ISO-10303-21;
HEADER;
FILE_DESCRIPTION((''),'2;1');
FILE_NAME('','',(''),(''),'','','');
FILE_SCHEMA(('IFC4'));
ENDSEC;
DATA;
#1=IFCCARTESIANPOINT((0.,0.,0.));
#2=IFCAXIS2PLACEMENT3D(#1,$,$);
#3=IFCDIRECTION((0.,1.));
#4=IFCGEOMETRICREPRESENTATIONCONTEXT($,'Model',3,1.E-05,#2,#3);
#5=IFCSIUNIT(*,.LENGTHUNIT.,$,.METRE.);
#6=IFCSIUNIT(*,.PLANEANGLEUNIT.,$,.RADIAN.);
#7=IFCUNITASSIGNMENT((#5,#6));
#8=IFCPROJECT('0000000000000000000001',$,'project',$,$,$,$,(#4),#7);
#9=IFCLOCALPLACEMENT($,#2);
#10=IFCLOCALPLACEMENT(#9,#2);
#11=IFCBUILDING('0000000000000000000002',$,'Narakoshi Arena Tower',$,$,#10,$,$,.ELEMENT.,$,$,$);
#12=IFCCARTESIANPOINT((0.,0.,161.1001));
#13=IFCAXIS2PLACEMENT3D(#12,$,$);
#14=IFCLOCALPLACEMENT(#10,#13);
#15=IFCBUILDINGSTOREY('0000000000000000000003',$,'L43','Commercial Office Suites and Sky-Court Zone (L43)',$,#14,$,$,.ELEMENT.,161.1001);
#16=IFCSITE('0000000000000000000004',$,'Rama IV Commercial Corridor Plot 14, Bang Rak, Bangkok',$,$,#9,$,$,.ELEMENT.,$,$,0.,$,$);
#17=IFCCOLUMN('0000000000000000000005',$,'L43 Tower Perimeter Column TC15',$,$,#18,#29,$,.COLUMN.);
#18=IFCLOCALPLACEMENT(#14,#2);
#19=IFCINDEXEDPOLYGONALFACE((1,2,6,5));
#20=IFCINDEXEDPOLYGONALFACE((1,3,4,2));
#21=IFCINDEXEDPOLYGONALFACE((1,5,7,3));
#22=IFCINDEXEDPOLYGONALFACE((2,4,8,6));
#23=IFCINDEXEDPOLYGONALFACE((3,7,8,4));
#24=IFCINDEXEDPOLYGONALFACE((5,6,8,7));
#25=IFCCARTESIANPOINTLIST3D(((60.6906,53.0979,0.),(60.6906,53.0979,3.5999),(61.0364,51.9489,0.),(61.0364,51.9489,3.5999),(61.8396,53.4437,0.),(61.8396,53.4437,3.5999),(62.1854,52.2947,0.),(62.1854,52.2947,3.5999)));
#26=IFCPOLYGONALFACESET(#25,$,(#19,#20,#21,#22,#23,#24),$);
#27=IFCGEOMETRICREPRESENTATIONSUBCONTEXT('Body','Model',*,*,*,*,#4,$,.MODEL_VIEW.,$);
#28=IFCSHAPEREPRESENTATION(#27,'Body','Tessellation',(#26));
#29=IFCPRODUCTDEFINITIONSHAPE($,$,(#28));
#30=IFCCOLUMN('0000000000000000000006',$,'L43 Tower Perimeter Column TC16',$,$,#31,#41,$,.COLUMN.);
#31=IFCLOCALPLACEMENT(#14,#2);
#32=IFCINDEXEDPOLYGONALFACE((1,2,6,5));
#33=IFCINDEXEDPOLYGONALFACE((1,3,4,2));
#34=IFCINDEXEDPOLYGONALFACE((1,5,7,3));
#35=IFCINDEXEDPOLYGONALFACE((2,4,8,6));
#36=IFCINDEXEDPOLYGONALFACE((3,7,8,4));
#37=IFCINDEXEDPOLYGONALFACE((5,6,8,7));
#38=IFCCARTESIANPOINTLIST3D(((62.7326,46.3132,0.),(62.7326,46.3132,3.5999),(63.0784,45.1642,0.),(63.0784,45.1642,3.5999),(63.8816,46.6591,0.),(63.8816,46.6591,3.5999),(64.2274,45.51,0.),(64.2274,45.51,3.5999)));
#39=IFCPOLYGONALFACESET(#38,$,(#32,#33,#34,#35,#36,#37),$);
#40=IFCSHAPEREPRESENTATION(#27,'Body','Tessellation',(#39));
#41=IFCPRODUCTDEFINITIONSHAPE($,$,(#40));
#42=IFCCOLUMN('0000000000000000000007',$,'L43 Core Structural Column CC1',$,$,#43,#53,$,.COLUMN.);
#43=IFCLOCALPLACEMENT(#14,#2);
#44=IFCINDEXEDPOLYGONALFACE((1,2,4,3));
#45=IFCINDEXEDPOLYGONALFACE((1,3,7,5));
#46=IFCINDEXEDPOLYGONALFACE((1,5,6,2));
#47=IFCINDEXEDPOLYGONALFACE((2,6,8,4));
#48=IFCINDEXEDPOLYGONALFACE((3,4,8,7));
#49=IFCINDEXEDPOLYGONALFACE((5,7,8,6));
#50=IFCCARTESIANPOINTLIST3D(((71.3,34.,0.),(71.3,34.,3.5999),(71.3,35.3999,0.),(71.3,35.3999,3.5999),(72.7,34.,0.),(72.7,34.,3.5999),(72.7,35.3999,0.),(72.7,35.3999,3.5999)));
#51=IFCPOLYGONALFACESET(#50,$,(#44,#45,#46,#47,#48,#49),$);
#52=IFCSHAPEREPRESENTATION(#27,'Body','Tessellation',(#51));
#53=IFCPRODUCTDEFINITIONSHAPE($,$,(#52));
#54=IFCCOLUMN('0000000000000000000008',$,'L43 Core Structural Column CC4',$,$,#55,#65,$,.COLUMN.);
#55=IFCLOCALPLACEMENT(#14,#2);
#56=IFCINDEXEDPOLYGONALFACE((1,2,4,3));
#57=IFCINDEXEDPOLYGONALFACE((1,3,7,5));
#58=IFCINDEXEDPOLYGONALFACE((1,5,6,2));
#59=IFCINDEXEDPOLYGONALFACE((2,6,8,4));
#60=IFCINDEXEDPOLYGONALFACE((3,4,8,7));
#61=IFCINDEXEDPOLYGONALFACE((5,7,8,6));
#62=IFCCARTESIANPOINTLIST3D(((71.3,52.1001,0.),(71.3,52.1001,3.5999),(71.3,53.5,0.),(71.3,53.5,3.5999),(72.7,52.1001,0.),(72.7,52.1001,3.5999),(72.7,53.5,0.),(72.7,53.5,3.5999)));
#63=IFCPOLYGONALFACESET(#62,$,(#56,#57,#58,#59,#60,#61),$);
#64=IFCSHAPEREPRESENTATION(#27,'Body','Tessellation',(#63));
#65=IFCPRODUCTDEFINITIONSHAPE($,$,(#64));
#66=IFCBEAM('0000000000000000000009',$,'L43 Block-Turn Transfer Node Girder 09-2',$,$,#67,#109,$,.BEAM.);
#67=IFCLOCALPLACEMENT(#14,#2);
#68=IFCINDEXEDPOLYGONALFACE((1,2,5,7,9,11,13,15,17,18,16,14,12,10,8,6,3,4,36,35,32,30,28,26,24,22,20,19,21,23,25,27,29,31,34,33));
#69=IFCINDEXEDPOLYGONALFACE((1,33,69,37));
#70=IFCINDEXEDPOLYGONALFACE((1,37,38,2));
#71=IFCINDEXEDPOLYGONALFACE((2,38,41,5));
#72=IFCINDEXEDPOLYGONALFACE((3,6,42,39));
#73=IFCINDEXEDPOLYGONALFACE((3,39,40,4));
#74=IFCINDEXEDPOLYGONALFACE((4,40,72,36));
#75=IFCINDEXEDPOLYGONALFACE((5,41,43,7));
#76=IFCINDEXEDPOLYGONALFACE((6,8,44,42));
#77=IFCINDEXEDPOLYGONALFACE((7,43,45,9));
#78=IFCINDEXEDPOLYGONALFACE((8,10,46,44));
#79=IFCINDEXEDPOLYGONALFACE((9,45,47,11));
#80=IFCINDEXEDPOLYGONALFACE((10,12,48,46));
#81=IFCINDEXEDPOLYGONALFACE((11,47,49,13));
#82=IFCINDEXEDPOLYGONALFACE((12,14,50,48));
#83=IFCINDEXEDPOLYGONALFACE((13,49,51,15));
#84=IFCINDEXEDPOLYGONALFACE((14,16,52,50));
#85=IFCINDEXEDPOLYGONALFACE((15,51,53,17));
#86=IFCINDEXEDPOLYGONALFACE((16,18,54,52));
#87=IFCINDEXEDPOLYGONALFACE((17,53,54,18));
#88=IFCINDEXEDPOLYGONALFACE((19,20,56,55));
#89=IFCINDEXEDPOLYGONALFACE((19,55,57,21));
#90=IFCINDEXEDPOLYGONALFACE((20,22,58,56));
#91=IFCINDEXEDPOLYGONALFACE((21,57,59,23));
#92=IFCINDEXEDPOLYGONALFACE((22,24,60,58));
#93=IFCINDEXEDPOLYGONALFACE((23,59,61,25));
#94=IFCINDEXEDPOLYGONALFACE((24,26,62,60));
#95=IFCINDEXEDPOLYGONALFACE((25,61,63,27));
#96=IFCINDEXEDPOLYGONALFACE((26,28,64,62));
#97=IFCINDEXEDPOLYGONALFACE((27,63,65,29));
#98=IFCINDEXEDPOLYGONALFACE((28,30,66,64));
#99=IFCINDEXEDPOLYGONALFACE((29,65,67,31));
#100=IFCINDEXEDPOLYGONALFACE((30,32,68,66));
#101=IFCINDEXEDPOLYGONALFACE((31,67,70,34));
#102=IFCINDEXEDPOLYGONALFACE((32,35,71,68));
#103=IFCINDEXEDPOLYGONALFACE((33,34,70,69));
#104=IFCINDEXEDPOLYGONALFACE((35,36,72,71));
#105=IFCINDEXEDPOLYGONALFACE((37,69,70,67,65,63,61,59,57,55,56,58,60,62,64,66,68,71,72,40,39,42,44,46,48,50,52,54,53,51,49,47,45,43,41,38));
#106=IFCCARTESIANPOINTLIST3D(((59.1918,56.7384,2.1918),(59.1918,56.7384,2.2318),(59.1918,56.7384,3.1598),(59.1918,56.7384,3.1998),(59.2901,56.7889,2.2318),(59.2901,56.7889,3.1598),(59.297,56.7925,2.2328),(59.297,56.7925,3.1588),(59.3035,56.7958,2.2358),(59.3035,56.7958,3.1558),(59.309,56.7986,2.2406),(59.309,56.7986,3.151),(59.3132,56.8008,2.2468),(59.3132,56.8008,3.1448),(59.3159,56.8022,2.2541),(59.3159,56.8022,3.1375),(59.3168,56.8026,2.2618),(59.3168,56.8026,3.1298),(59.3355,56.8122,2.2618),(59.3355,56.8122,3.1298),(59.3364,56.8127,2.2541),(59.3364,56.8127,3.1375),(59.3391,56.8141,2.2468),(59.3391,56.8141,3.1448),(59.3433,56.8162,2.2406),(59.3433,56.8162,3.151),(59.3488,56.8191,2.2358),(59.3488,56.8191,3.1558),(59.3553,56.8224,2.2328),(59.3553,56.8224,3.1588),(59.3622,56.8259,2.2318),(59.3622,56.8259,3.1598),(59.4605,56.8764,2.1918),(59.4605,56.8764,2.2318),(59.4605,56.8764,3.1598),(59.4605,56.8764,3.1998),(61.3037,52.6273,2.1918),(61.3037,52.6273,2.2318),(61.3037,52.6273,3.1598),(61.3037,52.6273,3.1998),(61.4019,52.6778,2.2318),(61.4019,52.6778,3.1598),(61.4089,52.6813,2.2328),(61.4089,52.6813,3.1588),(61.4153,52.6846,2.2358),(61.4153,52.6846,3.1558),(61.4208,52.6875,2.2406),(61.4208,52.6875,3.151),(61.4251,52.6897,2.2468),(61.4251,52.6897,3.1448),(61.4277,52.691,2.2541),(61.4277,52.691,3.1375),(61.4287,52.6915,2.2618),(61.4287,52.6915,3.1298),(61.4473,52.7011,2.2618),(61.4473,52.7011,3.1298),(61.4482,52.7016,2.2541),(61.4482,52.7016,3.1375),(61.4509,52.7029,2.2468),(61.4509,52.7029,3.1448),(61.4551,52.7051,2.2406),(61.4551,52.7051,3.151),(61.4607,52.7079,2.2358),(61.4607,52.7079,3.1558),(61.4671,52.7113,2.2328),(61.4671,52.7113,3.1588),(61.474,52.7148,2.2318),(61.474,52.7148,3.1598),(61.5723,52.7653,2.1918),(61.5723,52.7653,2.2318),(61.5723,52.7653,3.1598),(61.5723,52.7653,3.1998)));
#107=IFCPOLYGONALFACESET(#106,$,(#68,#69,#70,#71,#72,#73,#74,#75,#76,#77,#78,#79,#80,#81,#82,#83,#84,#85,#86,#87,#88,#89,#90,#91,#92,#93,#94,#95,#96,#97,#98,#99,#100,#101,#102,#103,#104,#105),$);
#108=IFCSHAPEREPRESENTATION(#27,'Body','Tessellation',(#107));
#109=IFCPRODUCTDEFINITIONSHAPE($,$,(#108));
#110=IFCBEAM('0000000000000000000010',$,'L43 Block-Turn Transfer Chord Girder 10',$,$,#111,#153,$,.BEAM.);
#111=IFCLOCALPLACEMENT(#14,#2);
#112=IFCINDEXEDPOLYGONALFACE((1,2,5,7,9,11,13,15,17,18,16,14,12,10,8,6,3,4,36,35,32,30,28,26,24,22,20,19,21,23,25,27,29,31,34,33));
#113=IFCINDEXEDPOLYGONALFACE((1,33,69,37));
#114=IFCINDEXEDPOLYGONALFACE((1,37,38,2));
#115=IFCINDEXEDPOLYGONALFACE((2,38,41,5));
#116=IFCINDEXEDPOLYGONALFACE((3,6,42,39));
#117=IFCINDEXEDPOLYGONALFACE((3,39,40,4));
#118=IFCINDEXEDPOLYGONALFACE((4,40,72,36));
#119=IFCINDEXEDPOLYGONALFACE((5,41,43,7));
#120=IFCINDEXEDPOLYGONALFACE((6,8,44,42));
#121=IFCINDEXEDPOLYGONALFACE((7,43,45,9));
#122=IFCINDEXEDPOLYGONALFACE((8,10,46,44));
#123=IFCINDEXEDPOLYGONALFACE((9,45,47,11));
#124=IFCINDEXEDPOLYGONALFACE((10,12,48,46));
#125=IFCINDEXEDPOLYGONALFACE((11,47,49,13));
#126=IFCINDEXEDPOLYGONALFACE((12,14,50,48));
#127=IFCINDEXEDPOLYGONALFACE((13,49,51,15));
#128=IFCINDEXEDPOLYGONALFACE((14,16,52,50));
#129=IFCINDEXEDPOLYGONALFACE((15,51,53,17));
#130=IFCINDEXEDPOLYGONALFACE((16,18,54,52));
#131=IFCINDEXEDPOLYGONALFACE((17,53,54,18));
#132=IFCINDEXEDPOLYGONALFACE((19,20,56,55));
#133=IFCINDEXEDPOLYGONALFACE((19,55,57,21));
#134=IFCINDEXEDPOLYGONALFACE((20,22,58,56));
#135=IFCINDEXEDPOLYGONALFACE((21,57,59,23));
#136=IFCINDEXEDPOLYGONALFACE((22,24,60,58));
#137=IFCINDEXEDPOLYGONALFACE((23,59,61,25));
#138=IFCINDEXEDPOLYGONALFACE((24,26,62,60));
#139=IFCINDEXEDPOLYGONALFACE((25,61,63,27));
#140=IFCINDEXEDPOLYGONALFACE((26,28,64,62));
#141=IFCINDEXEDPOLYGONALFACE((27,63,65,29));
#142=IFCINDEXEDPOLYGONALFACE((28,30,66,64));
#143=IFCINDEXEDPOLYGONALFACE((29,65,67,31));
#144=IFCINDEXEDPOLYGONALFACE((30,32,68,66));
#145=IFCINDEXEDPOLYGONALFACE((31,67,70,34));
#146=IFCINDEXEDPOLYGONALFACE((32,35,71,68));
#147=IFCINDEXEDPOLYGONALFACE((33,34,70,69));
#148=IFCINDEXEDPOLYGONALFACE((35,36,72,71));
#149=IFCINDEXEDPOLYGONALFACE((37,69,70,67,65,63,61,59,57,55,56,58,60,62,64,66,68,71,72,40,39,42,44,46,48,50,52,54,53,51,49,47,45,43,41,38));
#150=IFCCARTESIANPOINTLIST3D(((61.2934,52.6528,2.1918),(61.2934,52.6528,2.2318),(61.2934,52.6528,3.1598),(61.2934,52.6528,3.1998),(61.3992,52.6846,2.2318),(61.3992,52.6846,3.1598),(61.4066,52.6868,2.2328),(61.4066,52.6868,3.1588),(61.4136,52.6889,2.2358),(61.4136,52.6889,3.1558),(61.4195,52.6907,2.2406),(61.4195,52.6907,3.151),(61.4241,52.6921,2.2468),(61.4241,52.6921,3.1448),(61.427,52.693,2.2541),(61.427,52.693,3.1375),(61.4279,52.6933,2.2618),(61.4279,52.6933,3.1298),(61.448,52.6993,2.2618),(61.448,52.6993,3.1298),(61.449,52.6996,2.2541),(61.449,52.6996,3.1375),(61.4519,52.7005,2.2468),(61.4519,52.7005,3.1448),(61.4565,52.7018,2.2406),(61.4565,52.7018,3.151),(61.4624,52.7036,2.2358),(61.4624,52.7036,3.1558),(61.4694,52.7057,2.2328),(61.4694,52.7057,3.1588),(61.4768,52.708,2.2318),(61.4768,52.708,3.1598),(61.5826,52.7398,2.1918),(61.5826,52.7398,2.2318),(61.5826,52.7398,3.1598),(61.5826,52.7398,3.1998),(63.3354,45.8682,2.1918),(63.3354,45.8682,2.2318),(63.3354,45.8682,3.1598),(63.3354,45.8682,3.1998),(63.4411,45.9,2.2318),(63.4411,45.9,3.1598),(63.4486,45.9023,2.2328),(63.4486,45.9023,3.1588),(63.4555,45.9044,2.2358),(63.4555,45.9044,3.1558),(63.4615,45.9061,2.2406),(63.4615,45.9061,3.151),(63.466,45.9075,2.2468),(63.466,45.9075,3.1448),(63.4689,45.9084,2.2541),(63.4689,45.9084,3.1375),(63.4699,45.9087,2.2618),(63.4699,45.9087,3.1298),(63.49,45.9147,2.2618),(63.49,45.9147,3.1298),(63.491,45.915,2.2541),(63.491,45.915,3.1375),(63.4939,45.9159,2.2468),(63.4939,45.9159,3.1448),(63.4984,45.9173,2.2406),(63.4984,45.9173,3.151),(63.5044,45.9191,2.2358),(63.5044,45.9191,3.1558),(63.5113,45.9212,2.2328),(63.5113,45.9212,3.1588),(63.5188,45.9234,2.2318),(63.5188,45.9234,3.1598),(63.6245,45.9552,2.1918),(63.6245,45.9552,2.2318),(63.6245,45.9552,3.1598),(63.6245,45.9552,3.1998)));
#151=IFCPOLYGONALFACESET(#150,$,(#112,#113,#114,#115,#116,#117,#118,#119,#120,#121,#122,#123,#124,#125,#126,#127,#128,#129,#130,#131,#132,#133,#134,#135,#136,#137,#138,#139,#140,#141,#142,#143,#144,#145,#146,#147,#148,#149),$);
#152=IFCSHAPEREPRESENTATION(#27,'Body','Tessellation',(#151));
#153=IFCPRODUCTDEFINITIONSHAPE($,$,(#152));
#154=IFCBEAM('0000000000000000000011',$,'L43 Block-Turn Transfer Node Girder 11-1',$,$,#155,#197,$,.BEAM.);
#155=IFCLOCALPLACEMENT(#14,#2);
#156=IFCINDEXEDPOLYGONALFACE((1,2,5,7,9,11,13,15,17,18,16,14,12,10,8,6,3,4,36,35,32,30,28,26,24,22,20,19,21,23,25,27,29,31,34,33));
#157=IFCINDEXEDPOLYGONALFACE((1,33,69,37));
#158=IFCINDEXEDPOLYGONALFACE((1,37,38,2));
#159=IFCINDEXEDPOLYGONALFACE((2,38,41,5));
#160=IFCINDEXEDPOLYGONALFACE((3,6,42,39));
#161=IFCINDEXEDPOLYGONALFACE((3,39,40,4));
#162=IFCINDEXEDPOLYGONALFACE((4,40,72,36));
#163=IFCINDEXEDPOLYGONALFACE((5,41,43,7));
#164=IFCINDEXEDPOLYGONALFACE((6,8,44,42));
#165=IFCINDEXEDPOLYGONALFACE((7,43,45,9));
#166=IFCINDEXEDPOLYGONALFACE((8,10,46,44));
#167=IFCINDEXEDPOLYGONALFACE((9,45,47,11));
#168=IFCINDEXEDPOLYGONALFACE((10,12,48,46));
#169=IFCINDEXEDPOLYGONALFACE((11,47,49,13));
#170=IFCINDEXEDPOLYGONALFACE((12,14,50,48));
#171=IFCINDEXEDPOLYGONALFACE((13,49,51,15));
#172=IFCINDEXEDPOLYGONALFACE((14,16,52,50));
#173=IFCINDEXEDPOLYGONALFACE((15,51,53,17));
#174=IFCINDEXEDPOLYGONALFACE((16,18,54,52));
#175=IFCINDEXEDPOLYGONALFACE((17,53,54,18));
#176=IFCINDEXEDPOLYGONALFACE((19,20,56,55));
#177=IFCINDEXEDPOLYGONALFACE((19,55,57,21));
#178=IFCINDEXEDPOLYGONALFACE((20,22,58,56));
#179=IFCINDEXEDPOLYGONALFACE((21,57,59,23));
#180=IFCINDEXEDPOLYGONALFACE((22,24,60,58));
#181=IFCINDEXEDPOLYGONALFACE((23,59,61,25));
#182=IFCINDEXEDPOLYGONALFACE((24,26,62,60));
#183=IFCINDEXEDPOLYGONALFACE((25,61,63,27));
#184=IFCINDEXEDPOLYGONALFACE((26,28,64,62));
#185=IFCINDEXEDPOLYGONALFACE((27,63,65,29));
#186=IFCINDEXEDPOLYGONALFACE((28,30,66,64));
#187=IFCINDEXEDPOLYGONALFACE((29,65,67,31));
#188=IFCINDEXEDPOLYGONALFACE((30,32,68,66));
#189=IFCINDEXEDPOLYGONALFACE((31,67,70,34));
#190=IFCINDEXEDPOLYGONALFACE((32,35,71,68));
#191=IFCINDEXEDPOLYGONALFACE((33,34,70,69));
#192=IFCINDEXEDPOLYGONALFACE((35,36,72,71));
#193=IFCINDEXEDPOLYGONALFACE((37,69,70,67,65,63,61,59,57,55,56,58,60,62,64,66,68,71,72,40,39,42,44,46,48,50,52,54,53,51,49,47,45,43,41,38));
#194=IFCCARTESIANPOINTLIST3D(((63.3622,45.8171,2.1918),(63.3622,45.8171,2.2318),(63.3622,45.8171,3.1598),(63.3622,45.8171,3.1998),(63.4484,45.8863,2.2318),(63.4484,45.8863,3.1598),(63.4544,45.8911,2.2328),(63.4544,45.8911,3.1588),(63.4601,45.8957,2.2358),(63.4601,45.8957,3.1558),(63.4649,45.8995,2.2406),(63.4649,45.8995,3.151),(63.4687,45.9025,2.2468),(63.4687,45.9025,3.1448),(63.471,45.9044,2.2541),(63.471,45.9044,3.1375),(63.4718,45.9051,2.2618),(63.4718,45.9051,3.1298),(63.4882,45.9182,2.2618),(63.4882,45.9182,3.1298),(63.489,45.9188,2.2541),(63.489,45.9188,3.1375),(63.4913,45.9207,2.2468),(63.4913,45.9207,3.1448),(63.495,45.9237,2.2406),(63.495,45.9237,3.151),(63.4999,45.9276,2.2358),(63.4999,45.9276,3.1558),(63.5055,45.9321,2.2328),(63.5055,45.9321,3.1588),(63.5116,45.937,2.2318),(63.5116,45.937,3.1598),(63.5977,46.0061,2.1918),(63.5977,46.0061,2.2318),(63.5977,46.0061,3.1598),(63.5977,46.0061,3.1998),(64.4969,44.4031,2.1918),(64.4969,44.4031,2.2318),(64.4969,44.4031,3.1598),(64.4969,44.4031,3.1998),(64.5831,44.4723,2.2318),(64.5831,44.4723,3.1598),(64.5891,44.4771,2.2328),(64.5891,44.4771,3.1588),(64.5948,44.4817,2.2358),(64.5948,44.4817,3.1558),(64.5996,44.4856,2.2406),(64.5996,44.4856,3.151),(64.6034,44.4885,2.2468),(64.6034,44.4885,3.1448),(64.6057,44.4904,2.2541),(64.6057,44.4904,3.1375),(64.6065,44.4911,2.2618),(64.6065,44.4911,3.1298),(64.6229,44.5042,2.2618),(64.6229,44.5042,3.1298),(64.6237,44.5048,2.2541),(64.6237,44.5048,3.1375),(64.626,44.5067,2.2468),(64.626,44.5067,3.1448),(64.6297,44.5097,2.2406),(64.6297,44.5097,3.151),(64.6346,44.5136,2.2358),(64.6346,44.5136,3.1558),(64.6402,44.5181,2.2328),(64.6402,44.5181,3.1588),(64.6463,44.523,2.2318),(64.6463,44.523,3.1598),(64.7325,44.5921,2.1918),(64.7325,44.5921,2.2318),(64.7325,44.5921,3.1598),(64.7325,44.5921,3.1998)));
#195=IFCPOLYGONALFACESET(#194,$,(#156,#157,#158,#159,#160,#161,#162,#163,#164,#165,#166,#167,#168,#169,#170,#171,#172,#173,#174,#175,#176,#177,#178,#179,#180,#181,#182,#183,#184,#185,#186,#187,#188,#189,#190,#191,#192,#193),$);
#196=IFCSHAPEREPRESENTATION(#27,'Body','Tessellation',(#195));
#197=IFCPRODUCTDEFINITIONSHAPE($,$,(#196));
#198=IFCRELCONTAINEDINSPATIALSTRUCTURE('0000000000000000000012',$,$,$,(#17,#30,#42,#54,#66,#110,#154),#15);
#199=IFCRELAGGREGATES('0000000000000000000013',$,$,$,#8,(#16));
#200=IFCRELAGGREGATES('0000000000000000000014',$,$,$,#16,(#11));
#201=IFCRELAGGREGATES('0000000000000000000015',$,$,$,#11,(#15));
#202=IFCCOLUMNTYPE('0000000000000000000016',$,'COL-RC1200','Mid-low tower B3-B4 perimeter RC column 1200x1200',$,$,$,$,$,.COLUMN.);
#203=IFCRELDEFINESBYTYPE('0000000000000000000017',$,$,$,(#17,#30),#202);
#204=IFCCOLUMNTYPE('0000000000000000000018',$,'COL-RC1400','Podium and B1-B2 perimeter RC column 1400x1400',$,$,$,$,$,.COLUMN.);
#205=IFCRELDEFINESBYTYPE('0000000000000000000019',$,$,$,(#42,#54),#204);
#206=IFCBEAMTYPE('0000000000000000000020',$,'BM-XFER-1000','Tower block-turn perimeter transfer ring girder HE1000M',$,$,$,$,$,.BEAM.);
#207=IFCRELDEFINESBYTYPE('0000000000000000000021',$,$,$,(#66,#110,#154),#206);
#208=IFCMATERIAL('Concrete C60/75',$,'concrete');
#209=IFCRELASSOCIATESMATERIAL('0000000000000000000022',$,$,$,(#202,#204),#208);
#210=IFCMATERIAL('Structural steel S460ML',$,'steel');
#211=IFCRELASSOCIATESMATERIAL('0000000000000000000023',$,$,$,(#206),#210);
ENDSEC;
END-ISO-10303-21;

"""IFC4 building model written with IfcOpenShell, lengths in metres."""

from ifc_helpers import new_model, si_unit, direction, frame, origin, origin_2d, place, context, subcontext, project, spatial, rectangle, i_section, extrude, material, material_profile, profile_set, type_object, element, save


model = new_model("IFC4")

# Units and contexts
model_context = context("Model", 3, precision=1e-05, world=origin(), true_north=direction((0.0, 1.0)))
body_context = subcontext(model_context, "Body", "Model", "MODEL_VIEW")
ifc_project = project(units=[si_unit("LENGTHUNIT", "METRE"), si_unit("PLANEANGLEUNIT", "RADIAN")], contexts=[model_context])

# Site, building, storey
site_placement = place(None, origin())
site = spatial("IfcSite", under=ifc_project, at=site_placement, Name="Rama IV Commercial Corridor Plot 14, Bang Rak, Bangkok", CompositionType="ELEMENT", RefElevation=0.0)
building_placement = place(site_placement, origin())
building = spatial("IfcBuilding", under=site, at=building_placement, Name="Narakoshi Arena Tower", CompositionType="ELEMENT")
storey_placement = place(building_placement, frame((0.0, 0.0, 161.1001)))
storey = spatial("IfcBuildingStorey", under=building, at=storey_placement, Name="L43", Description="Commercial Office Suites and Sky-Court Zone (L43)", CompositionType="ELEMENT", Elevation=161.1001)

# Columns
ifc_material_1 = material(Name="Concrete C60/75", Category="concrete")
ifc_material_profile_1 = material_profile(ifc_material_1, rectangle(XDim=1.2, YDim=1.2, at=origin_2d()), Name="RC1200x1200")
ifc_profile_set_1 = profile_set([ifc_material_profile_1], Name="Concrete C60/75")
column_type_1 = type_object("IfcColumnType", Name="COL-RC1200", Description="Mid-low tower B3-B4 perimeter RC column 1200x1200", PredefinedType="COLUMN", material=ifc_profile_set_1)
for number, where, z_axis, x_axis, name in (
    (1, (61.438, 52.6963, 0.0), (0.0, 0.0, 1.0), (-0.288196, 0.957571, 0.0), "L43 Tower Perimeter Column TC15"),
    (2, (63.48, 45.9116, 0.0), (0.0, 0.0, 1.0), (-0.288196, 0.957571, 0.0), "L43 Tower Perimeter Column TC16"),
):
    element("IfcColumn", number, at=place(storey_placement, frame(where, z_axis=z_axis, x_axis=x_axis)), inside=storey, type_object=column_type_1, Name=name, PredefinedType="COLUMN", context=body_context, shape_type="SweptSolid", body=[
        extrude(rectangle(XDim=1.2, YDim=1.2, at=origin_2d()), origin(), (0.0, 0.0, 1.0), 3.5999),
    ])
ifc_material_profile_2 = material_profile(ifc_material_1, rectangle(XDim=1.3999, YDim=1.3999, at=origin_2d()), Name="RC1400x1400")
ifc_profile_set_2 = profile_set([ifc_material_profile_2], Name="Concrete C60/75")
column_type_2 = type_object("IfcColumnType", Name="COL-RC1400", Description="Podium and B1-B2 perimeter RC column 1400x1400", PredefinedType="COLUMN", material=ifc_profile_set_2)
for number, where, z_axis, x_axis, name in (
    (3, (72.0, 34.7, 0.0), (0.0, 0.0, 1.0), (1.0, 0.0, 0.0), "L43 Core Structural Column CC1"),
    (4, (72.0, 52.8, 0.0), (0.0, 0.0, 1.0), (1.0, 0.0, 0.0), "L43 Core Structural Column CC4"),
):
    element("IfcColumn", number, at=place(storey_placement, frame(where, z_axis=z_axis, x_axis=x_axis)), inside=storey, type_object=column_type_2, Name=name, PredefinedType="COLUMN", context=body_context, shape_type="SweptSolid", body=[
        extrude(rectangle(XDim=1.3999, YDim=1.3999, at=origin_2d()), origin(), (0.0, 0.0, 1.0), 3.5999),
    ])

# Beams
ifc_material_2 = material(Name="Structural steel S460ML", Category="steel")
ifc_material_profile_3 = material_profile(ifc_material_2, i_section(OverallWidth=0.302, OverallDepth=1.0081, WebThickness=0.021, FlangeThickness=0.04, FilletRadius=0.03, at=origin_2d()), Name="HE1000M")
ifc_profile_set_3 = profile_set([ifc_material_profile_3], Name="Structural steel S460ML")
beam_type = type_object("IfcBeamType", Name="BM-XFER-1000", Description="Tower block-turn perimeter transfer ring girder HE1000M", PredefinedType="BEAM", material=ifc_profile_set_3)
beam_1_placement = place(storey_placement, frame((61.438, 52.6963, 2.6958), z_axis=(-0.456928, 0.889504, 0.0), x_axis=(-0.889504, -0.456928, 0.0)))
element("IfcBeam", 5, at=beam_1_placement, inside=storey, type_object=beam_type, Name="L43 Block-Turn Transfer Node Girder 09-2", PredefinedType="BEAM", context=body_context, shape_type="SweptSolid", body=[
    extrude(i_section(OverallWidth=0.302, OverallDepth=1.0081, WebThickness=0.021, FlangeThickness=0.04, FilletRadius=0.03, at=origin_2d()), origin(), (0.0, 0.0, 1.0), 4.6218),
])
beam_2_placement = place(storey_placement, frame((61.438, 52.6963, 2.6958), z_axis=(0.288201, -0.95757, 0.0), x_axis=(0.95757, 0.288201, 0.0)))
element("IfcBeam", 6, at=beam_2_placement, inside=storey, type_object=beam_type, Name="L43 Block-Turn Transfer Chord Girder 10", PredefinedType="BEAM", context=body_context, shape_type="SweptSolid", body=[
    extrude(i_section(OverallWidth=0.302, OverallDepth=1.0081, WebThickness=0.021, FlangeThickness=0.04, FilletRadius=0.03, at=origin_2d()), origin(), (0.0, 0.0, 1.0), 7.0852),
])
beam_3_placement = place(storey_placement, frame((63.48, 45.9116, 2.6958), z_axis=(0.625877, -0.779922, 0.0), x_axis=(0.779922, 0.625877, 0.0)))
element("IfcBeam", 7, at=beam_3_placement, inside=storey, type_object=beam_type, Name="L43 Block-Turn Transfer Node Girder 11-1", PredefinedType="BEAM", context=body_context, shape_type="SweptSolid", body=[
    extrude(i_section(OverallWidth=0.302, OverallDepth=1.0081, WebThickness=0.021, FlangeThickness=0.04, FilletRadius=0.03, at=origin_2d()), origin(), (0.0, 0.0, 1.0), 1.813),
])

save(model, "model.ifc")
